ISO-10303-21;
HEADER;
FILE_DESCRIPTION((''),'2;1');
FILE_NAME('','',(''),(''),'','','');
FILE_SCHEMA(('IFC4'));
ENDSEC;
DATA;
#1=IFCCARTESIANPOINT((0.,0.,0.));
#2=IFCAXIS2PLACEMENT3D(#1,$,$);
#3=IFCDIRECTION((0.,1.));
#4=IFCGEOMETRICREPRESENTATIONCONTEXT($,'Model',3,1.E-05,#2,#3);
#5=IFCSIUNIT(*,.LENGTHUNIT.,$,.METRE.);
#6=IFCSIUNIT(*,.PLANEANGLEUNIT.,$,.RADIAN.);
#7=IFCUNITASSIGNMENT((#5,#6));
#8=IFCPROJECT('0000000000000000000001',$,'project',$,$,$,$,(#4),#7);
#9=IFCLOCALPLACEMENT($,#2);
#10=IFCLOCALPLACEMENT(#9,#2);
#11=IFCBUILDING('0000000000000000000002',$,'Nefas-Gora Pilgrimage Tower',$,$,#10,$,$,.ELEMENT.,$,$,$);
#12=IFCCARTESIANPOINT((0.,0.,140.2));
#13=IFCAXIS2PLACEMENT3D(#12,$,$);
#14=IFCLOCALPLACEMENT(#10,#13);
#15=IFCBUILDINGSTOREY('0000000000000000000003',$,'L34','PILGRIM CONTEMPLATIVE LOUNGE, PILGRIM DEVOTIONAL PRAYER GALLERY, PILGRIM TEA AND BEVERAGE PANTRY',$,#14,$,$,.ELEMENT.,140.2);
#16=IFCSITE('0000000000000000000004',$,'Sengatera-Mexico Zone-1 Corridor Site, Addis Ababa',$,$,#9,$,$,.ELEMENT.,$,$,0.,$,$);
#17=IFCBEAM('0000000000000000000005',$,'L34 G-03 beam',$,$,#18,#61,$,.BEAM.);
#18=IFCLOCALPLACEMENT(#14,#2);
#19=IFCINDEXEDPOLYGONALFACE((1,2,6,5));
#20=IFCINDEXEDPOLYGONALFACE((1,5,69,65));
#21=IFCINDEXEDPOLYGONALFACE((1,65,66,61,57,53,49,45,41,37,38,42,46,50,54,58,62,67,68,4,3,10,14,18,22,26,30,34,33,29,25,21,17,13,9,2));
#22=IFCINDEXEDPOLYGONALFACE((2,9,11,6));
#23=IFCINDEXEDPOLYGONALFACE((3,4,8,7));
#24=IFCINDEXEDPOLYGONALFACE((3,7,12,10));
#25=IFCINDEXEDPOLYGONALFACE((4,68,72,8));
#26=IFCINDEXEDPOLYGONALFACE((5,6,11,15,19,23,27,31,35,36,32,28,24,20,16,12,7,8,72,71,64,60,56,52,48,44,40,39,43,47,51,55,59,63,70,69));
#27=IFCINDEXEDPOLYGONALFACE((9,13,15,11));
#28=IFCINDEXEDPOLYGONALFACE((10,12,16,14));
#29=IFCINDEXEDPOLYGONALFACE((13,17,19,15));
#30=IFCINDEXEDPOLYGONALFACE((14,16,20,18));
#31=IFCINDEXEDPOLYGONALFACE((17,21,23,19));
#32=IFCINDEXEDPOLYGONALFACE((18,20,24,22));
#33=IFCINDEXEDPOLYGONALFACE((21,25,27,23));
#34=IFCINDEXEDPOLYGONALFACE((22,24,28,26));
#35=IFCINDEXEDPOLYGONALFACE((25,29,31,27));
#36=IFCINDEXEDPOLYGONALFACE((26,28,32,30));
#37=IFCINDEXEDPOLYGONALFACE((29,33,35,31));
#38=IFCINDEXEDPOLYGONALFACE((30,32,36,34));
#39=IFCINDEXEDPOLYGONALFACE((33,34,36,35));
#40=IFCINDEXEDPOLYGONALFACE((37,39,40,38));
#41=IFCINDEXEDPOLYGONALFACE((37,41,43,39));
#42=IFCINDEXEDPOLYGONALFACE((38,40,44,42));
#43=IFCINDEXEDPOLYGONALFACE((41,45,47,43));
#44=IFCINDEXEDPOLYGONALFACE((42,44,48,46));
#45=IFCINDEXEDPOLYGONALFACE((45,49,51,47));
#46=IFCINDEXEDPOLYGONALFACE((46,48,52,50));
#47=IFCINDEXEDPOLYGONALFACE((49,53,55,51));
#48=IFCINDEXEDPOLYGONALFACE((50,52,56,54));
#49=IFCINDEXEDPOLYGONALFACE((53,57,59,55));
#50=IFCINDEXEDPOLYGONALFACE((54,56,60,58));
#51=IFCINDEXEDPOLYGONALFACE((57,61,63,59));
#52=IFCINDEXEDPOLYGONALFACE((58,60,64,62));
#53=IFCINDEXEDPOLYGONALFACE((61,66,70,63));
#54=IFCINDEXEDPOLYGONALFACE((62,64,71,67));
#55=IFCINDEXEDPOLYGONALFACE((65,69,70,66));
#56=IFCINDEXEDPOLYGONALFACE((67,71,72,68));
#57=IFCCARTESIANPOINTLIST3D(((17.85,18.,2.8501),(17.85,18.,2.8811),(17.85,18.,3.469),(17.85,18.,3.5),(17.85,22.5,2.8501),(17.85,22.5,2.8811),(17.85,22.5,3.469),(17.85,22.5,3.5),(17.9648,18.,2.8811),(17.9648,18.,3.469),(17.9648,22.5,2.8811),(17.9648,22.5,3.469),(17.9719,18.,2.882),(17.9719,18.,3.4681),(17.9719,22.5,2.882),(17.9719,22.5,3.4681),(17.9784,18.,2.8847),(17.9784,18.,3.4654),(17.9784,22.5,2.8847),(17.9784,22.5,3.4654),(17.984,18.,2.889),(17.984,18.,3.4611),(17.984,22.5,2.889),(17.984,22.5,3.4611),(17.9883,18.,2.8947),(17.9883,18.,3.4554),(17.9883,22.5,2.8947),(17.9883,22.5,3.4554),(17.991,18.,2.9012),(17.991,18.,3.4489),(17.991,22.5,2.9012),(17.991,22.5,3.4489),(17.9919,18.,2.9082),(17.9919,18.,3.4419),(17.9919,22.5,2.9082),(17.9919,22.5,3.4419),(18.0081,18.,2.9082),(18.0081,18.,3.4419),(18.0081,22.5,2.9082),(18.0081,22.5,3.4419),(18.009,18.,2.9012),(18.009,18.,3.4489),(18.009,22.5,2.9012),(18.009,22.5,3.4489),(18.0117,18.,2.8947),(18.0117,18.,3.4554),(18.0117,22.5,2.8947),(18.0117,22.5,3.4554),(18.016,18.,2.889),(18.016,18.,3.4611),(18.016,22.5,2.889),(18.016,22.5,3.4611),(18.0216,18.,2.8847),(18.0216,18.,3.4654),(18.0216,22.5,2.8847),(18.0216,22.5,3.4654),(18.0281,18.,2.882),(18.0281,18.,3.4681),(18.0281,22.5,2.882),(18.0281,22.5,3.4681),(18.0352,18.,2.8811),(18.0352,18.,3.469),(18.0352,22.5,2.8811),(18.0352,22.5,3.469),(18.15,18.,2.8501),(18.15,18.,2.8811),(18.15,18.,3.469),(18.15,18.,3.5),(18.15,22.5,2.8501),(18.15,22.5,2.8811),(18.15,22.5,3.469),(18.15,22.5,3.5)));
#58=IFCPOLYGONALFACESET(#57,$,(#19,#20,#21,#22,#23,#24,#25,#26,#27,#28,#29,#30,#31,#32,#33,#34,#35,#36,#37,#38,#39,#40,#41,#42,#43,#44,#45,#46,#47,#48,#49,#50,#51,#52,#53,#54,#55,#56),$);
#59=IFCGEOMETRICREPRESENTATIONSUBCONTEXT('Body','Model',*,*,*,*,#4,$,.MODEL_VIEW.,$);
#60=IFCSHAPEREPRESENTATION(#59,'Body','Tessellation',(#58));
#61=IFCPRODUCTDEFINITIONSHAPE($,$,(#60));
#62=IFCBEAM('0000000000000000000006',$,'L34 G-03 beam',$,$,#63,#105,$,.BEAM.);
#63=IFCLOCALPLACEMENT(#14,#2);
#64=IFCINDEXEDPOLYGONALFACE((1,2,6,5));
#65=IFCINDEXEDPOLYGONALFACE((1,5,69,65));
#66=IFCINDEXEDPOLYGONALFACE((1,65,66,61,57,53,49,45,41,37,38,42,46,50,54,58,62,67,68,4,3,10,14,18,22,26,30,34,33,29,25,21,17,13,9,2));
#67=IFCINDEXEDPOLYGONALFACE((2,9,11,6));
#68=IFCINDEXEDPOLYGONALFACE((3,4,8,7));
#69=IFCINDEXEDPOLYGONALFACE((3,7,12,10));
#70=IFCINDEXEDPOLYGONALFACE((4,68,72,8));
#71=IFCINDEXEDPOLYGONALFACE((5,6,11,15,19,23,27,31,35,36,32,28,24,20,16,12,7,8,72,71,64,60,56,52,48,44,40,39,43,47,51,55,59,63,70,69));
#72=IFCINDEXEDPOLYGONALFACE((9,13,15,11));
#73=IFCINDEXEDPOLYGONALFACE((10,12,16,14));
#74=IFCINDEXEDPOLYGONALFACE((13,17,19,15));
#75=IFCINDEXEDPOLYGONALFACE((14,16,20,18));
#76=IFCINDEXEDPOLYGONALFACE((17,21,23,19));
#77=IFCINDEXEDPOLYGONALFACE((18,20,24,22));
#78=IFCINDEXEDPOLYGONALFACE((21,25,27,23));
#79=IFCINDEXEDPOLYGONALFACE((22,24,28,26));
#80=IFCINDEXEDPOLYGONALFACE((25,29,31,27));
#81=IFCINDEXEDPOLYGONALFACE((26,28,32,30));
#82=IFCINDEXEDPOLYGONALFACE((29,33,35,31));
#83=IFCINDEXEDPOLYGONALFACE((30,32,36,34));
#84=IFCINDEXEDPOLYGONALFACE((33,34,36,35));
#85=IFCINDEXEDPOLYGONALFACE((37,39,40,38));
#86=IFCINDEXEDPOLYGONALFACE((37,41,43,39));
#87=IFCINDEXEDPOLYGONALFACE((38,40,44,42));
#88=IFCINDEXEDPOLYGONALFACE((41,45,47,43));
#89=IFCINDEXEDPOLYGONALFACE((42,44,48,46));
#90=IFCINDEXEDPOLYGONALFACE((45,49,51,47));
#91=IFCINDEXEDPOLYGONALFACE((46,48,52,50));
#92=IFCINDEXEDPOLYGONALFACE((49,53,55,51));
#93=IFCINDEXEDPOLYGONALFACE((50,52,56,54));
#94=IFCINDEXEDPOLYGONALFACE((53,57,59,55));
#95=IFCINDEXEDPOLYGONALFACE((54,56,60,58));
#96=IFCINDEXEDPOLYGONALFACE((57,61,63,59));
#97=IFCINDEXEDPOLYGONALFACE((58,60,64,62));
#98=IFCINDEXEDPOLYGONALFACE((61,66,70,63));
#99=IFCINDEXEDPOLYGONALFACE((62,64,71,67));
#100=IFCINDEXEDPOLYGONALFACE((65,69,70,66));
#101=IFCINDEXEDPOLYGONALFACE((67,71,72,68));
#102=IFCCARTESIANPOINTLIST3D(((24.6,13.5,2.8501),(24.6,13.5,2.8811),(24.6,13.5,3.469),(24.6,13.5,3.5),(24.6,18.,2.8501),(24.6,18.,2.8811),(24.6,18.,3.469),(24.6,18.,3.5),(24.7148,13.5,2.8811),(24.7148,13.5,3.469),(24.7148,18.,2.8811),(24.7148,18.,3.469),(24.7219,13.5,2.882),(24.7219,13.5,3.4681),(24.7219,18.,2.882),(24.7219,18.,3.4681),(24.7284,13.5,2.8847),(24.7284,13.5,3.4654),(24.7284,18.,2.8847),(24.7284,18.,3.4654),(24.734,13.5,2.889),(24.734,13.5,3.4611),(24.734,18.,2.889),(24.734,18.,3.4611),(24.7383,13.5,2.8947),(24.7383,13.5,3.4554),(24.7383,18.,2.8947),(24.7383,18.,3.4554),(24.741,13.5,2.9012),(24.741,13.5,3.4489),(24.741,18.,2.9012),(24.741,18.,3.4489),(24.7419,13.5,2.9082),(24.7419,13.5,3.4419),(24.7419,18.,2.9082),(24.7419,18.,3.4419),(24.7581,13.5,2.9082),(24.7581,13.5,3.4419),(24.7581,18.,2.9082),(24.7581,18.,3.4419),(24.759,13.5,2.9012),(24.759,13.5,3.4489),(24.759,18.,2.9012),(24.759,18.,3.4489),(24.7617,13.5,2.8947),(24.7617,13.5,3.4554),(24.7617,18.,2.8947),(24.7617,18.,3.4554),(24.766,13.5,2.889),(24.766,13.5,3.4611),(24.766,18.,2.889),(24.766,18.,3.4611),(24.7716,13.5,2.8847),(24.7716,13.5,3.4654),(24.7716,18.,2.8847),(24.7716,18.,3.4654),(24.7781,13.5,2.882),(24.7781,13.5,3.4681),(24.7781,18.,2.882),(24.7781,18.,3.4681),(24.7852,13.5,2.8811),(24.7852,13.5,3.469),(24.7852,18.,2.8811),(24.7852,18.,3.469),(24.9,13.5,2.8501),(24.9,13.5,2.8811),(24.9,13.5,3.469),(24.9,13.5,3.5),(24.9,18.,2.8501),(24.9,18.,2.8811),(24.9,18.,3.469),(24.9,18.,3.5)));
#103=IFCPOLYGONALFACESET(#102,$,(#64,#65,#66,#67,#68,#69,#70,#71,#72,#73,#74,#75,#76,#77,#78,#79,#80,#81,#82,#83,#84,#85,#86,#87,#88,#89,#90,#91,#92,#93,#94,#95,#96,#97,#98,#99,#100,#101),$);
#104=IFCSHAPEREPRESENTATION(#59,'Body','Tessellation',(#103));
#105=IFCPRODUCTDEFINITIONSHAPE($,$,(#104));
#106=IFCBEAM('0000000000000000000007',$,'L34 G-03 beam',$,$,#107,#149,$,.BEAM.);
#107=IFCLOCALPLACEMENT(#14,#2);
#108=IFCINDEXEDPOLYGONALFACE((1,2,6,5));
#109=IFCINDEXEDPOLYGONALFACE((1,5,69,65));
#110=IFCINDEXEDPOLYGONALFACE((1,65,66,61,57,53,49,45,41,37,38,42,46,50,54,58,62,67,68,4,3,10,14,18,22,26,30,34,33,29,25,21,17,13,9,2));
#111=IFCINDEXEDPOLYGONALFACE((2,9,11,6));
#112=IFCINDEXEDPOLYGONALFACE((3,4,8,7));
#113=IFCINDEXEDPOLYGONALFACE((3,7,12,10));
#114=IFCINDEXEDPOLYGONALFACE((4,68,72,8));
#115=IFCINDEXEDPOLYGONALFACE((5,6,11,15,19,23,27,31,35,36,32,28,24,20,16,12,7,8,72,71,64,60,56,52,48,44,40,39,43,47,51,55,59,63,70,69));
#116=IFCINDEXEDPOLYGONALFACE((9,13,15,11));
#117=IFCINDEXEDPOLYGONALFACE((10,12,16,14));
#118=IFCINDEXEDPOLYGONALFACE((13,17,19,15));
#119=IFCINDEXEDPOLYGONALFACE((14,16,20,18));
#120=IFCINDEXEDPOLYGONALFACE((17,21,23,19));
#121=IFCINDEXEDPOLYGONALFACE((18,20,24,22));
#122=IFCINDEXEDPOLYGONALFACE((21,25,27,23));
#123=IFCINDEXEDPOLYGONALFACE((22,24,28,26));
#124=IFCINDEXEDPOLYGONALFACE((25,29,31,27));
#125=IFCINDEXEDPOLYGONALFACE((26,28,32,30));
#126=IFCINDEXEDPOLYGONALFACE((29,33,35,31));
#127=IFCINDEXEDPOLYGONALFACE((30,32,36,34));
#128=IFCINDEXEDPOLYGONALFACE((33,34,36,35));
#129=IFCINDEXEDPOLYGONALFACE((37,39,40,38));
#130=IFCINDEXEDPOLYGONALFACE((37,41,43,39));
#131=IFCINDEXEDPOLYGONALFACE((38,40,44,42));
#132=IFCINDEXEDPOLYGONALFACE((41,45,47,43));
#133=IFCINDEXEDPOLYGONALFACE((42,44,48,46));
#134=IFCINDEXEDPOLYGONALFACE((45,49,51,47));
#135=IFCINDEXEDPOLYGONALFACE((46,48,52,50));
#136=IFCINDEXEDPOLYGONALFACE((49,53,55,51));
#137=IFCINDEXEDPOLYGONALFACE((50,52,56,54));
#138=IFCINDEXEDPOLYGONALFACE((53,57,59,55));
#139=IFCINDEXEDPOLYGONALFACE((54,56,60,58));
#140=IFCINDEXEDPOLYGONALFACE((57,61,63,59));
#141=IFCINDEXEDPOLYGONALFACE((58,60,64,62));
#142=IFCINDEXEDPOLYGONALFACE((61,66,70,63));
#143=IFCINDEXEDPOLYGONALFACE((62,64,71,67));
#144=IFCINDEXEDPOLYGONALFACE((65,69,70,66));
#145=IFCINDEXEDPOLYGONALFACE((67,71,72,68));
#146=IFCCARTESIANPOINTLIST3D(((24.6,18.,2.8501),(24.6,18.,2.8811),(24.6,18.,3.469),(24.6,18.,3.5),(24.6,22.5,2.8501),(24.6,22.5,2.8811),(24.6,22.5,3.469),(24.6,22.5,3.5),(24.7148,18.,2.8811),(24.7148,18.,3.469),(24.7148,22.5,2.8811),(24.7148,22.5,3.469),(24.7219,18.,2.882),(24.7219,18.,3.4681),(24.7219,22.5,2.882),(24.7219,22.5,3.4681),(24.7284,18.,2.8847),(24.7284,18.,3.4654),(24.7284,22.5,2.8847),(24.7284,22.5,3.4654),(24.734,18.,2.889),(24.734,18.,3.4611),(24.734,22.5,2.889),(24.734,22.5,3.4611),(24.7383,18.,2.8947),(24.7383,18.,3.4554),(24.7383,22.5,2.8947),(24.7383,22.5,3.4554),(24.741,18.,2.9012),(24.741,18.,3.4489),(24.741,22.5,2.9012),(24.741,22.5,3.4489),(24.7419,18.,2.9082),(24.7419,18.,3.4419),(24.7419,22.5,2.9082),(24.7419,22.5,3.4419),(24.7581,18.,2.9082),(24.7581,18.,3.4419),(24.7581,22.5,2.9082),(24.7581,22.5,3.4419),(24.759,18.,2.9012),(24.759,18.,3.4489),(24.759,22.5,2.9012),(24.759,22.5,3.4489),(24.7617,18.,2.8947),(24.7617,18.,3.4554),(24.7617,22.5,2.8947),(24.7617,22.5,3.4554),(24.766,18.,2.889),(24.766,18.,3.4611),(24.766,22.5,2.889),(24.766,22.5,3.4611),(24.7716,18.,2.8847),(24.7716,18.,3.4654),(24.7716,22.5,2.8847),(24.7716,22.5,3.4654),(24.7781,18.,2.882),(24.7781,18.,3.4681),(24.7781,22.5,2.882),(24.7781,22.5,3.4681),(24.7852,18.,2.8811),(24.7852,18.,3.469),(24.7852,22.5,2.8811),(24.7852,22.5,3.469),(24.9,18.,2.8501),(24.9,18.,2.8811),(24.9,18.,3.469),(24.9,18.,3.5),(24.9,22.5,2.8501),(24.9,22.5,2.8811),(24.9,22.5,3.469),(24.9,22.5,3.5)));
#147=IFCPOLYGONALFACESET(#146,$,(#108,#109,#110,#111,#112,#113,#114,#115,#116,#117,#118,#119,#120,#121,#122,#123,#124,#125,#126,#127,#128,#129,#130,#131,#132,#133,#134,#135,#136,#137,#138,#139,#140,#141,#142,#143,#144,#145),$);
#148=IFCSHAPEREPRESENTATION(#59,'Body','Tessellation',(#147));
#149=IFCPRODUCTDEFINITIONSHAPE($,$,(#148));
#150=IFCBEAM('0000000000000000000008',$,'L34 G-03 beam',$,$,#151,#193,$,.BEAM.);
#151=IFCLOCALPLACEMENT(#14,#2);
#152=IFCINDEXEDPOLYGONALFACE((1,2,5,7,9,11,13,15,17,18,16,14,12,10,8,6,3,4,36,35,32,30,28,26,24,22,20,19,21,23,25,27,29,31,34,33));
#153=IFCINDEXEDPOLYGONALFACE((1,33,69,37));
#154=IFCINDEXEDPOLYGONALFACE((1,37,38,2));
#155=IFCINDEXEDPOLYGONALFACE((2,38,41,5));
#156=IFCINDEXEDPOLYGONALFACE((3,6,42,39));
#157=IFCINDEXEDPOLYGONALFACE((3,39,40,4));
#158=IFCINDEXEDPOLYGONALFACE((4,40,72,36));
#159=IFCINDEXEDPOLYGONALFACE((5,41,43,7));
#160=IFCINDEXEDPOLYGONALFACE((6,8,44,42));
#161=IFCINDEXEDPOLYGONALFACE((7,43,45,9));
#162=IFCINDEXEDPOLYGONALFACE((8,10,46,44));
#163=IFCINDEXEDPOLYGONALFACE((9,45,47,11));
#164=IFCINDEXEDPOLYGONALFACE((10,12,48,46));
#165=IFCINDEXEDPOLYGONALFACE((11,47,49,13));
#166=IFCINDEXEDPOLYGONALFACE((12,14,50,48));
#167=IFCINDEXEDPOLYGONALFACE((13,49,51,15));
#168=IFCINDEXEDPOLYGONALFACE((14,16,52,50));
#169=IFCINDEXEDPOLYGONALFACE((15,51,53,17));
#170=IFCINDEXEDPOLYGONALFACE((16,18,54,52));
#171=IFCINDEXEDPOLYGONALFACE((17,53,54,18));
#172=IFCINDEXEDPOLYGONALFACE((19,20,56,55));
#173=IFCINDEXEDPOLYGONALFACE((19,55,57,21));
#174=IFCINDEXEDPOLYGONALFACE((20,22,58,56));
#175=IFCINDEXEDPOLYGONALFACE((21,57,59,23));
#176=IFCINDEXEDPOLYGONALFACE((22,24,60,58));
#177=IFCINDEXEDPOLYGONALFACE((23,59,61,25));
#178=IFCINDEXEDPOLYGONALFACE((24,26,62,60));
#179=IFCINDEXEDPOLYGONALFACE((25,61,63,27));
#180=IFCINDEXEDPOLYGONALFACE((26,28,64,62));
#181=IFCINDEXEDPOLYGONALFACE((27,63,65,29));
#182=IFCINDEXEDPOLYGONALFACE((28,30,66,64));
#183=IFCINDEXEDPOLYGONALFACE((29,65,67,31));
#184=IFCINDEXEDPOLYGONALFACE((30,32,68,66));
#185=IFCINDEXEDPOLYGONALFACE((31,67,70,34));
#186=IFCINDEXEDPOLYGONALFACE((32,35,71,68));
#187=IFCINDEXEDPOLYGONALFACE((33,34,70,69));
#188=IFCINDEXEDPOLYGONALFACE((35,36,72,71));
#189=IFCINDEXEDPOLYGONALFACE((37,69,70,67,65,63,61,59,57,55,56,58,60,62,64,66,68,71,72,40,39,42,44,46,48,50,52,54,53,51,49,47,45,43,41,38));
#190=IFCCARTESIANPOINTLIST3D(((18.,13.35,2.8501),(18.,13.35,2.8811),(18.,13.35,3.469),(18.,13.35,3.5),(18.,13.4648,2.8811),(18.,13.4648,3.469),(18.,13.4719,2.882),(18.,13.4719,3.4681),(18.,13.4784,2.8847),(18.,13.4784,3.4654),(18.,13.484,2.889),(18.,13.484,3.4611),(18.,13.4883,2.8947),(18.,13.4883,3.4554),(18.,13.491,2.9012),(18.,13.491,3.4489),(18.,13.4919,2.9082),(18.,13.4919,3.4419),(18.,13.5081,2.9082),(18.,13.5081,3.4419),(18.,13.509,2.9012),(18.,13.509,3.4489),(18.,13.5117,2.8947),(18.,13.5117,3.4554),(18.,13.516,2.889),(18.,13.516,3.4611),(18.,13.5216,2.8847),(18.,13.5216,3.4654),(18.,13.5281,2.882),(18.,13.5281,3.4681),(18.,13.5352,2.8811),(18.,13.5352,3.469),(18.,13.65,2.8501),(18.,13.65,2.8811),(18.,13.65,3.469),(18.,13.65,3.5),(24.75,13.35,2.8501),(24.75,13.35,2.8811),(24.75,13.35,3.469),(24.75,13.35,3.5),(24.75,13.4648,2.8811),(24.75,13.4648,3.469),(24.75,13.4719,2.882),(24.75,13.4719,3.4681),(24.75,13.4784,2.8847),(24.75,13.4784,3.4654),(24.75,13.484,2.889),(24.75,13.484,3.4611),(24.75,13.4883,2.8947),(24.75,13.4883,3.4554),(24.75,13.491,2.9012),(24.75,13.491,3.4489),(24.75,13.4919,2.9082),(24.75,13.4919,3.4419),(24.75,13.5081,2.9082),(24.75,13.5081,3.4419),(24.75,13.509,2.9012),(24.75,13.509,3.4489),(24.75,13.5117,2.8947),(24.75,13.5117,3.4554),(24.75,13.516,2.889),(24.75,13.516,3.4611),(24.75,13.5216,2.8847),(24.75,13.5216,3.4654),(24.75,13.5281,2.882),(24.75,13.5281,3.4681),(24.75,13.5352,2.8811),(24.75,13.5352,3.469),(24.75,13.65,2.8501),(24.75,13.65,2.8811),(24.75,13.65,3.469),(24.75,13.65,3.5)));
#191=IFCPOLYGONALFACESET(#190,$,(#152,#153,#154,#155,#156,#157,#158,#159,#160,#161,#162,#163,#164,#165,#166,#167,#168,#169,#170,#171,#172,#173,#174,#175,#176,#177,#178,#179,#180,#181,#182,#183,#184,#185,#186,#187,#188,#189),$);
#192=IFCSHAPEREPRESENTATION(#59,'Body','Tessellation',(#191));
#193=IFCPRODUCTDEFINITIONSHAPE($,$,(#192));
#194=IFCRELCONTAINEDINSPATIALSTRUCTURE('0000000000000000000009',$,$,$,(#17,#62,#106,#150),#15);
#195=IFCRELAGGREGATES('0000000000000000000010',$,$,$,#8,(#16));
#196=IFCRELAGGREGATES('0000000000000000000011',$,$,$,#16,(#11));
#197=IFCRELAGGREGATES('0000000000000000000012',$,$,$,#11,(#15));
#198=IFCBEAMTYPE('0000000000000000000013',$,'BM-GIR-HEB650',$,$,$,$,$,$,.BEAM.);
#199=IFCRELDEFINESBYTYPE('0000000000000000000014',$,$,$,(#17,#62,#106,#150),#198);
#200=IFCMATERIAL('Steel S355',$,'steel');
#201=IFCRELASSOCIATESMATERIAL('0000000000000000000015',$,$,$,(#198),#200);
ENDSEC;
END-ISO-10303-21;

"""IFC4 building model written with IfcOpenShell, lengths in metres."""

from ifc_helpers import new_model, si_unit, direction, frame, origin, origin_2d, place, context, subcontext, project, spatial, i_section, extrude, source, transform, mapped, material, material_profile, profile_set, type_object, element, save


model = new_model("IFC4")

# Units and contexts
model_context = context("Model", 3, precision=1e-05, world=origin(), true_north=direction((0.0, 1.0)))
body_context = subcontext(model_context, "Body", "Model", "MODEL_VIEW")
ifc_project = project(units=[si_unit("LENGTHUNIT", "METRE"), si_unit("PLANEANGLEUNIT", "RADIAN")], contexts=[model_context])

# Site, building, storey
site_placement = place(None, origin())
site = spatial("IfcSite", under=ifc_project, at=site_placement, Name="Sengatera-Mexico Zone-1 Corridor Site, Addis Ababa", CompositionType="ELEMENT", RefElevation=0.0)
building_placement = place(site_placement, origin())
building = spatial("IfcBuilding", under=site, at=building_placement, Name="Nefas-Gora Pilgrimage Tower", CompositionType="ELEMENT")
storey_placement = place(building_placement, frame((0.0, 0.0, 140.2)))
storey = spatial("IfcBuildingStorey", under=building, at=storey_placement, Name="L34", Description="PILGRIM CONTEMPLATIVE LOUNGE, PILGRIM DEVOTIONAL PRAYER GALLERY, PILGRIM TEA AND BEVERAGE PANTRY", CompositionType="ELEMENT", Elevation=140.2)

# Beams
ifc_material_1 = material(Name="Steel S355", Category="steel")
ifc_material_profile_1 = material_profile(ifc_material_1, i_section(OverallWidth=0.3, OverallDepth=0.6499, WebThickness=0.0161, FlangeThickness=0.031, FilletRadius=0.0271, at=origin_2d()), Name="HEB 650")
ifc_profile_set_1 = profile_set([ifc_material_profile_1], Name="Steel S355")
beam_type_1 = type_object("IfcBeamType", Name="BM-GIR-HEB650", PredefinedType="BEAM", material=ifc_profile_set_1)
shared_shape_1 = source(origin(), body_context, "Body", "SweptSolid", [
    extrude(i_section(OverallWidth=0.3, OverallDepth=0.6499, WebThickness=0.0161, FlangeThickness=0.031, FilletRadius=0.0271, at=origin_2d()), origin(), (0.0, 0.0, 1.0), 4.5),
])
for number, where, z_axis, x_axis, name in (
    (1, (18.0, 18.0, 3.175), (0.0, 1.0, 0.0), (-1.0, 0.0, 0.0), "L34 G-03 beam"),
    (2, (24.75, 13.5, 3.175), (0.0, 1.0, 0.0), (-1.0, 0.0, 0.0), "L34 G-03 beam"),
    (3, (24.75, 18.0, 3.175), (0.0, 1.0, 0.0), (-1.0, 0.0, 0.0), "L34 G-03 beam"),
):
    element("IfcBeam", number, at=place(storey_placement, frame(where, z_axis=z_axis, x_axis=x_axis)), inside=storey, type_object=beam_type_1, Name=name, PredefinedType="BEAM", context=body_context, shape_type="MappedRepresentation", body=[
        mapped(shared_shape_1, transform((0.0, 0.0, 0.0), x_axis=(1.0, 0.0, 0.0), y_axis=(0.0, 1.0, 0.0), z_axis=(0.0, 0.0, 1.0), scale=1.0)),
    ])
shared_shape_2 = source(origin(), body_context, "Body", "SweptSolid", [
    extrude(i_section(OverallWidth=0.3, OverallDepth=0.6499, WebThickness=0.0161, FlangeThickness=0.031, FilletRadius=0.0271, at=origin_2d()), origin(), (0.0, 0.0, 1.0), 6.75),
])
for number, where, z_axis, x_axis, name in (
    (4, (18.0, 13.5, 3.175), (1.0, 0.0, 0.0), (0.0, 1.0, 0.0), "L34 G-03 beam"),
):
    element("IfcBeam", number, at=place(storey_placement, frame(where, z_axis=z_axis, x_axis=x_axis)), inside=storey, type_object=beam_type_1, Name=name, PredefinedType="BEAM", context=body_context, shape_type="MappedRepresentation", body=[
        mapped(shared_shape_2, transform((0.0, 0.0, 0.0), x_axis=(1.0, 0.0, 0.0), y_axis=(0.0, 1.0, 0.0), z_axis=(0.0, 0.0, 1.0), scale=1.0)),
    ])

save(model, "model.ifc")
